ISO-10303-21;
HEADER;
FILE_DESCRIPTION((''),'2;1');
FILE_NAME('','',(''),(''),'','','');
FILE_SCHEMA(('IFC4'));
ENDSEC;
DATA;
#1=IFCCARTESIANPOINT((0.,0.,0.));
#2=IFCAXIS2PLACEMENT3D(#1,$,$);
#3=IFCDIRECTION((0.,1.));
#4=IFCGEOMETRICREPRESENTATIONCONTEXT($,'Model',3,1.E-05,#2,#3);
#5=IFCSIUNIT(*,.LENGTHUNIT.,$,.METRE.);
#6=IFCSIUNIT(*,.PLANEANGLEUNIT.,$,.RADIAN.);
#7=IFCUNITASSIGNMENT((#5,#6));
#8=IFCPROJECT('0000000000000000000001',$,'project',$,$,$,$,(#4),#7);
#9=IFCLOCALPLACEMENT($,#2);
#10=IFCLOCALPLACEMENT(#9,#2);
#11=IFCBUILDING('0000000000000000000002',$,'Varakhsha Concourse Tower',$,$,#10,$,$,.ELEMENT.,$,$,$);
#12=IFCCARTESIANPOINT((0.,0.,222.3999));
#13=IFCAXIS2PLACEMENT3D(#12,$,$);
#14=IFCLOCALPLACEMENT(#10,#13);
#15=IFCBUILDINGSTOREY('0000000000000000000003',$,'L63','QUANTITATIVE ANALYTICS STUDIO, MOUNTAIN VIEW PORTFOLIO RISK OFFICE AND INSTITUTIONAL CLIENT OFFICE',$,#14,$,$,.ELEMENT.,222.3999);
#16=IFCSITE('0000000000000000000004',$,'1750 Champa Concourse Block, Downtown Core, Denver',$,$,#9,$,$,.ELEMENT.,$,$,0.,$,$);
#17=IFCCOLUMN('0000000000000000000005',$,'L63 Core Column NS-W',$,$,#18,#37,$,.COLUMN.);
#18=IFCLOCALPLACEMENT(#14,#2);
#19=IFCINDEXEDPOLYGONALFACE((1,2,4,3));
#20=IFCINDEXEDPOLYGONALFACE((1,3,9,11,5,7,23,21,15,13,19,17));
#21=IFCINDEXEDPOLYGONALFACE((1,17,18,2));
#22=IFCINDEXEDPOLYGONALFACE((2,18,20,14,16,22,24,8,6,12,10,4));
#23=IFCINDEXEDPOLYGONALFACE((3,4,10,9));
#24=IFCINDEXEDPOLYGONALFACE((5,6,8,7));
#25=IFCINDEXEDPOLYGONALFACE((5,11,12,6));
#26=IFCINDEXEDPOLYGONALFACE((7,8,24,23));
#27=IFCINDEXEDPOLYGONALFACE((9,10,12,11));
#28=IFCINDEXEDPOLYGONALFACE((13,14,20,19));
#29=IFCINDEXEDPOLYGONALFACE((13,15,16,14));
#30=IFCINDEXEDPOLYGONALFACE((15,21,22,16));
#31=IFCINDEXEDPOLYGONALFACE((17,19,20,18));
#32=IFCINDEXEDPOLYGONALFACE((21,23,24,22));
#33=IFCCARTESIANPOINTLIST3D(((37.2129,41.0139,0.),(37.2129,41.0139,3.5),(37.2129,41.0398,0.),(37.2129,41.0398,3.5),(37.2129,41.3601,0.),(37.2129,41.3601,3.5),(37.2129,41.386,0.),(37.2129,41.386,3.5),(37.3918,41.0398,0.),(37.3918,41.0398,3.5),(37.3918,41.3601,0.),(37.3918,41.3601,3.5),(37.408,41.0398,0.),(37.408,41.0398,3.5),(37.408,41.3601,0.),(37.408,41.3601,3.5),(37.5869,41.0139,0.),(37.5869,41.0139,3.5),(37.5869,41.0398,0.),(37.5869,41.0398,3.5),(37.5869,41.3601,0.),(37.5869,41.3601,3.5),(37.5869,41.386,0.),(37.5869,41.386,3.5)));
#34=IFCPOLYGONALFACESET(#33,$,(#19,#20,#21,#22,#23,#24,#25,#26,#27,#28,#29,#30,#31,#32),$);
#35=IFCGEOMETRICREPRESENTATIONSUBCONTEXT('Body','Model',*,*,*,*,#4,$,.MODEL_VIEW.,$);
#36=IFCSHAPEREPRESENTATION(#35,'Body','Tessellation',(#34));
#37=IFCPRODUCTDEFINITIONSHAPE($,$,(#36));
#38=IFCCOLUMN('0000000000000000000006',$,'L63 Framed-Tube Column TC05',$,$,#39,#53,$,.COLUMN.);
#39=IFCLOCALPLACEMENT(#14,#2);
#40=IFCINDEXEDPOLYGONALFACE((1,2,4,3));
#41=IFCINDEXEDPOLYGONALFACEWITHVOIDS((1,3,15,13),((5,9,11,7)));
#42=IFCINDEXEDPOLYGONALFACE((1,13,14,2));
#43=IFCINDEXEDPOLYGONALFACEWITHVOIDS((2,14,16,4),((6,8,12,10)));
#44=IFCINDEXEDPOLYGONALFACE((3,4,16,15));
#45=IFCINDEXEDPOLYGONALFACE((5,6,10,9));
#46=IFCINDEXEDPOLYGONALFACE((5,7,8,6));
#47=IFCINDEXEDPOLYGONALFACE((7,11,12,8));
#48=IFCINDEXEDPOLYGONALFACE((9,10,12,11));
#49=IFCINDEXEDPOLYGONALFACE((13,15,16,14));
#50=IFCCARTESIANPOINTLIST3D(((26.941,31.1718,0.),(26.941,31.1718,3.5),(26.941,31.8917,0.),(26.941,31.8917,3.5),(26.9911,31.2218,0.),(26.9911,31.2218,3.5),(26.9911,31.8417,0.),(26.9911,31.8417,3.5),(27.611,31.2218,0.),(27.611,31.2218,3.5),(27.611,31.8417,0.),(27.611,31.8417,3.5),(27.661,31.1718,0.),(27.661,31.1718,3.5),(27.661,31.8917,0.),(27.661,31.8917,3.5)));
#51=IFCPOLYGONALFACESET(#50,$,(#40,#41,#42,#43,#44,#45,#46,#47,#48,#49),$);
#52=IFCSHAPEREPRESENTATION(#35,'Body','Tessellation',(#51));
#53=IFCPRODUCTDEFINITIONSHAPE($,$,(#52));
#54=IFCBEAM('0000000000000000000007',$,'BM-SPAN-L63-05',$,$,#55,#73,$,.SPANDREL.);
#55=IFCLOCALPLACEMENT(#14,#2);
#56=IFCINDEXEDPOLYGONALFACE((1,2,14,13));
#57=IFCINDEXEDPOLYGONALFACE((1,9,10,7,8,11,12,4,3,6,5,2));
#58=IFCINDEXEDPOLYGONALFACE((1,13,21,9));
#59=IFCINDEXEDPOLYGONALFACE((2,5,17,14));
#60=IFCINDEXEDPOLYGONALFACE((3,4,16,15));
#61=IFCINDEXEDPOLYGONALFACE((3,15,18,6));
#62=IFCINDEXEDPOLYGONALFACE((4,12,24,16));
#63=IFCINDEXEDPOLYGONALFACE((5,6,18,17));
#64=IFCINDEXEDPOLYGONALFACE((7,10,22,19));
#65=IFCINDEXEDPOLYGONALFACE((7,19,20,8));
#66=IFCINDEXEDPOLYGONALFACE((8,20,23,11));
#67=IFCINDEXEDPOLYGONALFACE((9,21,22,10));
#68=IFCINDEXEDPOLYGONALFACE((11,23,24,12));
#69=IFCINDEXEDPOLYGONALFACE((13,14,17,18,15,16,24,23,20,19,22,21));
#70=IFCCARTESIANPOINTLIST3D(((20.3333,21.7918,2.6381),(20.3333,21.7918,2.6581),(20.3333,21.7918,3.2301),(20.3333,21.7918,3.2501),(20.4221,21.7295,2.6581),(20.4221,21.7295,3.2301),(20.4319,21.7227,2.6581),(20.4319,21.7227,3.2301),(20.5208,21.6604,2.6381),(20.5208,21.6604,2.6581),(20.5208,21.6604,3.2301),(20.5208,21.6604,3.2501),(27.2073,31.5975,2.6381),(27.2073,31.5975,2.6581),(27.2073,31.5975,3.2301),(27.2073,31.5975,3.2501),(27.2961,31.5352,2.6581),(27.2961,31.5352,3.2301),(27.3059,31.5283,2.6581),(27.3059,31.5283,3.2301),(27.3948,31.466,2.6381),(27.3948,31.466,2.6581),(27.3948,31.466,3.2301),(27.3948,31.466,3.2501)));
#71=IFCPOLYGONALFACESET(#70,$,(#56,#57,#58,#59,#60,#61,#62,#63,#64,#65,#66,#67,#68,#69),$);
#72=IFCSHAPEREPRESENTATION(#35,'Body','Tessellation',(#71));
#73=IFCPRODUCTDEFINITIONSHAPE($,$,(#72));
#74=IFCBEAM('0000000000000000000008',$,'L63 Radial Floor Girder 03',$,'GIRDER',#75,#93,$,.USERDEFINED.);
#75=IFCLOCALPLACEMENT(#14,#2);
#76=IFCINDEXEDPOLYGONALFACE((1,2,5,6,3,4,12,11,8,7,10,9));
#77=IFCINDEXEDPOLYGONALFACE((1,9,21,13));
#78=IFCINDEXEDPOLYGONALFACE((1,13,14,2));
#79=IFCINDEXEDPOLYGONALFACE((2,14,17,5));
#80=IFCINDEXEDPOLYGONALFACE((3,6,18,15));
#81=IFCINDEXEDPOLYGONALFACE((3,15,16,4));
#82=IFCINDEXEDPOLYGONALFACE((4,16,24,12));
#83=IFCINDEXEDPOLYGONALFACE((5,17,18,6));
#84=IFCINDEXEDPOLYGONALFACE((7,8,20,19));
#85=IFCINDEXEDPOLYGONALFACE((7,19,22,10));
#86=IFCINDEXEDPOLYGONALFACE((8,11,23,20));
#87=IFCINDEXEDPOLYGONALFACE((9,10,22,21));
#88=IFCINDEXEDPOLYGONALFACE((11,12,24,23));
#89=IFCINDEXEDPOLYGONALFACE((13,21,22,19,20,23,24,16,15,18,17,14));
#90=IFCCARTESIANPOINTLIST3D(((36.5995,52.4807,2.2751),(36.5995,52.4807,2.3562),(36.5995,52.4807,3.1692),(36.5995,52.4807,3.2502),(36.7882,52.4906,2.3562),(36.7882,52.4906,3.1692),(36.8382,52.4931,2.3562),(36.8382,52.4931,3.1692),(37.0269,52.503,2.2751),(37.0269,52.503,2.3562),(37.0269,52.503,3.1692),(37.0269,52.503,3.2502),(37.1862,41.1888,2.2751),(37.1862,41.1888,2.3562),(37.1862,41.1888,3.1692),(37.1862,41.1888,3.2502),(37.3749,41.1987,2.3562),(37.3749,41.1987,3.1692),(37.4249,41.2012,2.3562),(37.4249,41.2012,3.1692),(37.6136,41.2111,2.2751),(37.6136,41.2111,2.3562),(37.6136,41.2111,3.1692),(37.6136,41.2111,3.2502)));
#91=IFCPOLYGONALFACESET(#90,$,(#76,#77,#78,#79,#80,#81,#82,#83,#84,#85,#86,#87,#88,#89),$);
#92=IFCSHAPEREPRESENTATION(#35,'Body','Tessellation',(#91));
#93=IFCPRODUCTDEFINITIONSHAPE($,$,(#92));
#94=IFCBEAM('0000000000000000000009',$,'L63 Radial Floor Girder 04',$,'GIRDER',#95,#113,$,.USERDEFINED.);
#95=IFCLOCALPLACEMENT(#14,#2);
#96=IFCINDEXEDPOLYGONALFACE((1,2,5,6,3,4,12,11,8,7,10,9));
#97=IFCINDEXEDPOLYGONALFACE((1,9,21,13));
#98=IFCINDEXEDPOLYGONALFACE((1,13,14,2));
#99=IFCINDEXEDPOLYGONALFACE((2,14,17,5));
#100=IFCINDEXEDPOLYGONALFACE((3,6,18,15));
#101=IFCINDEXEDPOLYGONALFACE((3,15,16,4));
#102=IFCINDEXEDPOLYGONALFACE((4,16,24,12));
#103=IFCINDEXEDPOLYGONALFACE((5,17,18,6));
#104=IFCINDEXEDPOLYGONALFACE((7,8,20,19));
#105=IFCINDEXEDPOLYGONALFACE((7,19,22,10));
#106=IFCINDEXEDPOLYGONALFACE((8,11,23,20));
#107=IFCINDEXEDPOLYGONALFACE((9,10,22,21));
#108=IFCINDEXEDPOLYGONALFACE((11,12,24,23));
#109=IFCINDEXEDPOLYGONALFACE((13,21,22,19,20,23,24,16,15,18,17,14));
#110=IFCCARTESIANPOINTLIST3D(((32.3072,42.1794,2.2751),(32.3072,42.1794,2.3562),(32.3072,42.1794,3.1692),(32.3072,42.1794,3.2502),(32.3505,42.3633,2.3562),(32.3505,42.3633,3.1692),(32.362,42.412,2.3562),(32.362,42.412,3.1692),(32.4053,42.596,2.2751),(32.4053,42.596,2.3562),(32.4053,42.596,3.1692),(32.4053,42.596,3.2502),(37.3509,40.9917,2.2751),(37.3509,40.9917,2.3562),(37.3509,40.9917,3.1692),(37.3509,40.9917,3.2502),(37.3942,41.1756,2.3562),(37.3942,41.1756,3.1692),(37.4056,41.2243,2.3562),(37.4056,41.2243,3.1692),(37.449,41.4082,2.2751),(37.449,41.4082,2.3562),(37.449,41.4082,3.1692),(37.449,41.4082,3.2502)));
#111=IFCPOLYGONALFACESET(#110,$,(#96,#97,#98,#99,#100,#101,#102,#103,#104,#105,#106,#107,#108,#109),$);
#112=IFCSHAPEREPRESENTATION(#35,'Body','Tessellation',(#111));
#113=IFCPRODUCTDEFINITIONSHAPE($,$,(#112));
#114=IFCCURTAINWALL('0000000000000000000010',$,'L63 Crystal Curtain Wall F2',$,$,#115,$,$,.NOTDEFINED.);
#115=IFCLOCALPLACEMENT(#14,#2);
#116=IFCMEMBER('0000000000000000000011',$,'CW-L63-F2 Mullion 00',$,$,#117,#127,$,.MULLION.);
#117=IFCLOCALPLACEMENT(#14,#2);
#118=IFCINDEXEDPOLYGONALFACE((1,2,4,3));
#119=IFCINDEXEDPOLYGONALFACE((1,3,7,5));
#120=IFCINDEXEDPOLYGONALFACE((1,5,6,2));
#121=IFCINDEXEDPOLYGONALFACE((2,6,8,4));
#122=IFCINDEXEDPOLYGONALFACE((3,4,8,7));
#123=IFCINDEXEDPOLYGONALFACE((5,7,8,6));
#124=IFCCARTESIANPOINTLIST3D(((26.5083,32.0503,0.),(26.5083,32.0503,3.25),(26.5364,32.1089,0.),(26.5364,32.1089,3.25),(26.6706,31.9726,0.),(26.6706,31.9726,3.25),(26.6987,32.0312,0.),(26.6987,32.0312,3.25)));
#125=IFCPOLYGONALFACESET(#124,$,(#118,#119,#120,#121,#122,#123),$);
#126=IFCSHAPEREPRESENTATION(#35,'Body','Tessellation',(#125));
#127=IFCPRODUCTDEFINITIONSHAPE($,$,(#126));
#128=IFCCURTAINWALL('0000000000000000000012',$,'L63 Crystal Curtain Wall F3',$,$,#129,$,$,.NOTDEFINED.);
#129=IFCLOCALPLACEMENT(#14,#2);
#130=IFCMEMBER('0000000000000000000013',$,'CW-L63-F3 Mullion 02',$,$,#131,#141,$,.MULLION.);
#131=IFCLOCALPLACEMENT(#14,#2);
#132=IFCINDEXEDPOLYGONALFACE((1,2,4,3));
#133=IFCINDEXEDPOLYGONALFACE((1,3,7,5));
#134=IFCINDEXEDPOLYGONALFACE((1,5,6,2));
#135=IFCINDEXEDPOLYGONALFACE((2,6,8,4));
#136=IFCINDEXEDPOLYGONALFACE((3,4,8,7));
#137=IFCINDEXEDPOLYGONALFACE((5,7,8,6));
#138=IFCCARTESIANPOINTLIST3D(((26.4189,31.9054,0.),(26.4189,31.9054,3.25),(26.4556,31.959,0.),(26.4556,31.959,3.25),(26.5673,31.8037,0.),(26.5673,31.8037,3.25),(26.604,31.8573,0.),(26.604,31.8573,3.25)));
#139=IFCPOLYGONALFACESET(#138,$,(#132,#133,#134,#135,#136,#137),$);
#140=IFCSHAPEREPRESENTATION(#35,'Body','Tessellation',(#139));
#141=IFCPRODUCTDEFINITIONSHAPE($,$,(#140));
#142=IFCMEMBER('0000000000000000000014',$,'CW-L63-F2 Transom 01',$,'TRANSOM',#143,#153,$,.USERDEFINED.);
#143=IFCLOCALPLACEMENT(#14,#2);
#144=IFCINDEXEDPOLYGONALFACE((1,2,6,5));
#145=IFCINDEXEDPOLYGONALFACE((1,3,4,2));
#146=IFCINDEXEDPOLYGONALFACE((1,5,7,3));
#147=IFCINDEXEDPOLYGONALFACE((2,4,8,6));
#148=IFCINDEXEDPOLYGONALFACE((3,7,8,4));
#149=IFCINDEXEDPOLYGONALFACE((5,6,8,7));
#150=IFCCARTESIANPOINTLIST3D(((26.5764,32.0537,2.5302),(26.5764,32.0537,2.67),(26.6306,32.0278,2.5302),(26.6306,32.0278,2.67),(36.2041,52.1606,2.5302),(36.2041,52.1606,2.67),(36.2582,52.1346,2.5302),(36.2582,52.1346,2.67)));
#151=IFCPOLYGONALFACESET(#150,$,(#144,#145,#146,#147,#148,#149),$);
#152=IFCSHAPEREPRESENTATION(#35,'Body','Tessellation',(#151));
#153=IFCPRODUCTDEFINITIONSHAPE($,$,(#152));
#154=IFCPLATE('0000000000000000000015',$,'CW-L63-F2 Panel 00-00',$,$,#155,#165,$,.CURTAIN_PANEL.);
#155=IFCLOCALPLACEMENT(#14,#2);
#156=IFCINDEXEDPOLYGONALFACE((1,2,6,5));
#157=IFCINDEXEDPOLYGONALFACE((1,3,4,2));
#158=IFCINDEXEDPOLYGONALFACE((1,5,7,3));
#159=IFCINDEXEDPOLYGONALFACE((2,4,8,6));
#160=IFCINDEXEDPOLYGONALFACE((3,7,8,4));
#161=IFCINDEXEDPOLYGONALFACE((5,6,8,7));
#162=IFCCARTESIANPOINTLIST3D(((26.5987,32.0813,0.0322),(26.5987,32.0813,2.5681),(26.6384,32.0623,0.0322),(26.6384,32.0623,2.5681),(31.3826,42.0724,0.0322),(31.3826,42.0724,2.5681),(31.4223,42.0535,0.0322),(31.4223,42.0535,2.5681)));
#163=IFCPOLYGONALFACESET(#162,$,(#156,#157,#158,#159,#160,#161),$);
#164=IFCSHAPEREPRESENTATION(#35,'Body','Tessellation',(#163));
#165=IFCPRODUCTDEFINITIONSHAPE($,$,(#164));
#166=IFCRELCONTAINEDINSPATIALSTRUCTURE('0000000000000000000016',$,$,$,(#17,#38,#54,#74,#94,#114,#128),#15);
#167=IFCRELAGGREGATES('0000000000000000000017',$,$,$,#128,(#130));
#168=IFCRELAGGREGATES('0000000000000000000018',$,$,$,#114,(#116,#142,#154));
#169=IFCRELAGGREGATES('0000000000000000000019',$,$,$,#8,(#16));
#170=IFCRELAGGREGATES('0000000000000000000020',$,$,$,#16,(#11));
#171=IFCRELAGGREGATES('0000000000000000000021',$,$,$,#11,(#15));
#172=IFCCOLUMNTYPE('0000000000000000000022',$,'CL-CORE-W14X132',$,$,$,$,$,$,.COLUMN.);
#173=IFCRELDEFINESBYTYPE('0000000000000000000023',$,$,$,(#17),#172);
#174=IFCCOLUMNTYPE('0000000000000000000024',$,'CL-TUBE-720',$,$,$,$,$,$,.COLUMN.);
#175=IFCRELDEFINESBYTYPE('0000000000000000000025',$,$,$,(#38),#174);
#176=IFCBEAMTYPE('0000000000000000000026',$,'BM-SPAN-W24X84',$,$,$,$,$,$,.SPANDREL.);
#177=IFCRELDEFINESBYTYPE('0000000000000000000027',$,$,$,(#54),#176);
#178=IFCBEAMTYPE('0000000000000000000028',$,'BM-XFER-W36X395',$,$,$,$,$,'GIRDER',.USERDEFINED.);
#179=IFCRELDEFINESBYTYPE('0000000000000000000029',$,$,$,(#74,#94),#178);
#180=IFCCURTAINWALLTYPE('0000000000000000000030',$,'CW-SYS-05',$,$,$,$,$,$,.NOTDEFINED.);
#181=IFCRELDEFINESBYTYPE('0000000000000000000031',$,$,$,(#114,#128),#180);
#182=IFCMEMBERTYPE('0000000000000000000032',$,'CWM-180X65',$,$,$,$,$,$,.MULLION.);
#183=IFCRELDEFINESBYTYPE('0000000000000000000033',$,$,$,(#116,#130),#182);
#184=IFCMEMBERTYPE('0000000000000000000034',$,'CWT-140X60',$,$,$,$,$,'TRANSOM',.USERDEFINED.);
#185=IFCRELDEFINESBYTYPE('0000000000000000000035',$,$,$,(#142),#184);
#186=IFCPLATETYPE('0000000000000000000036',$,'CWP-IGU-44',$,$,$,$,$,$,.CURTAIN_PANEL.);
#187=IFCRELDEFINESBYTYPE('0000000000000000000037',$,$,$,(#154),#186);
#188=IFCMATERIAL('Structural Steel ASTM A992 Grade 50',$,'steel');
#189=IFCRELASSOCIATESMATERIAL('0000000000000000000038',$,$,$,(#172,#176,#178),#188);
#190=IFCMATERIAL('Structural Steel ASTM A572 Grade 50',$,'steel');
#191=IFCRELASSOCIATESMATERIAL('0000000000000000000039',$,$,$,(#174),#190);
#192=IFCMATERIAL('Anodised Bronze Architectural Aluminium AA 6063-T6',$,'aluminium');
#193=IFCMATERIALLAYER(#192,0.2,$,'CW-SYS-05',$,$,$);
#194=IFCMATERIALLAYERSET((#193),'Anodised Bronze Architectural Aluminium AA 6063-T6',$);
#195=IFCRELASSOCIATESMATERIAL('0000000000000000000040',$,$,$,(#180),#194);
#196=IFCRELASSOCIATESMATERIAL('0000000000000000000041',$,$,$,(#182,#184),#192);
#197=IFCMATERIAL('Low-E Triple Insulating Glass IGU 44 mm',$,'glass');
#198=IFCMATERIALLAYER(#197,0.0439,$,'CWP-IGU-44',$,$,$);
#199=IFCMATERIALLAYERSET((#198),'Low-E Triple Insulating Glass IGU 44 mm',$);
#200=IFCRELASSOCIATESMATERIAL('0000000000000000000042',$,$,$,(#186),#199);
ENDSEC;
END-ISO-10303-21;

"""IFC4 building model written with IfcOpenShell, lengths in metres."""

from ifc_helpers import new_model, si_unit, direction, frame, origin, origin_2d, place, context, subcontext, project, spatial, rectangle, hollow_rectangle, i_section, extrude, source, transform, mapped, material, layer, layer_set, material_profile, profile_set, type_object, type_shapes, element, aggregate, save


model = new_model("IFC4")

# Units and contexts
model_context = context("Model", 3, precision=1e-05, world=origin(), true_north=direction((0.0, 1.0)))
body_context = subcontext(model_context, "Body", "Model", "MODEL_VIEW")
ifc_project = project(units=[si_unit("LENGTHUNIT", "METRE"), si_unit("PLANEANGLEUNIT", "RADIAN")], contexts=[model_context])

# Site, building, storey
site_placement = place(None, origin())
site = spatial("IfcSite", under=ifc_project, at=site_placement, Name="1750 Champa Concourse Block, Downtown Core, Denver", CompositionType="ELEMENT", RefElevation=0.0)
building_placement = place(site_placement, origin())
building = spatial("IfcBuilding", under=site, at=building_placement, Name="Varakhsha Concourse Tower", CompositionType="ELEMENT")
storey_placement = place(building_placement, frame((0.0, 0.0, 222.3999)))
storey = spatial("IfcBuildingStorey", under=building, at=storey_placement, Name="L63", Description="QUANTITATIVE ANALYTICS STUDIO, MOUNTAIN VIEW PORTFOLIO RISK OFFICE AND INSTITUTIONAL CLIENT OFFICE", CompositionType="ELEMENT", Elevation=222.3999)

# Columns
ifc_material_1 = material(Name="Structural Steel ASTM A992 Grade 50", Category="steel")
ifc_material_profile_1 = material_profile(ifc_material_1, i_section(OverallWidth=0.374, OverallDepth=0.3721, WebThickness=0.0161, FlangeThickness=0.0259, at=origin_2d()), Name="W14X132")
ifc_profile_set_1 = profile_set([ifc_material_profile_1], Name="Structural Steel ASTM A992 Grade 50")
column_type_1 = type_object("IfcColumnType", Name="CL-CORE-W14X132", PredefinedType="COLUMN", material=ifc_profile_set_1)
column_1_placement = place(storey_placement, frame((37.3999, 41.2, 0.0), z_axis=(0.0, 0.0, 1.0), x_axis=(1.0, 0.0, 0.0)))
element("IfcColumn", 1, at=column_1_placement, inside=storey, type_object=column_type_1, Name="L63 Core Column NS-W", PredefinedType="COLUMN", context=body_context, shape_type="SweptSolid", body=[
    extrude(i_section(OverallWidth=0.374, OverallDepth=0.3721, WebThickness=0.0161, FlangeThickness=0.0259, at=origin_2d()), origin(), (0.0, 0.0, 1.0), 3.5),
])
ifc_material_2 = material(Name="Structural Steel ASTM A572 Grade 50", Category="steel")
ifc_material_profile_2 = material_profile(ifc_material_2, hollow_rectangle(XDim=0.72, YDim=0.72, WallThickness=0.05, at=origin_2d()), Name="BOX 720x720x50")
ifc_profile_set_2 = profile_set([ifc_material_profile_2], Name="Structural Steel ASTM A572 Grade 50")
column_type_2 = type_object("IfcColumnType", Name="CL-TUBE-720", PredefinedType="COLUMN", material=ifc_profile_set_2)
column_2_placement = place(storey_placement, frame((27.301, 31.5317, 0.0), z_axis=(0.0, 0.0, 1.0), x_axis=(1.0, 0.0, 0.0)))
element("IfcColumn", 2, at=column_2_placement, inside=storey, type_object=column_type_2, Name="L63 Framed-Tube Column TC05", PredefinedType="COLUMN", context=body_context, shape_type="SweptSolid", body=[
    extrude(hollow_rectangle(XDim=0.72, YDim=0.72, WallThickness=0.05, at=origin_2d()), origin(), (0.0, 0.0, 1.0), 3.5),
])

# Beams
ifc_material_profile_3 = material_profile(ifc_material_1, i_section(OverallWidth=0.229, OverallDepth=0.6121, WebThickness=0.012, FlangeThickness=0.02, at=origin_2d()), Name="W24X84")
ifc_profile_set_3 = profile_set([ifc_material_profile_3], Name="Structural Steel ASTM A992 Grade 50")
beam_type_1 = type_object("IfcBeamType", Name="BM-SPAN-W24X84", PredefinedType="SPANDREL", material=ifc_profile_set_3)
beam_1_placement = place(storey_placement, frame((27.301, 31.5317, 2.9441), z_axis=(-0.574026, -0.818837, 0.0), x_axis=(0.818837, -0.574026, 0.0)))
element("IfcBeam", 3, at=beam_1_placement, inside=storey, type_object=beam_type_1, Name="BM-SPAN-L63-05", PredefinedType="SPANDREL", context=body_context, shape_type="SweptSolid", body=[
    extrude(i_section(OverallWidth=0.229, OverallDepth=0.6121, WebThickness=0.012, FlangeThickness=0.02, at=origin_2d()), origin(), (0.0, 0.0, 1.0), 11.9751),
])
ifc_material_profile_4 = material_profile(ifc_material_1, i_section(OverallWidth=0.428, OverallDepth=0.9751, WebThickness=0.05, FlangeThickness=0.0811, at=origin_2d()), Name="W36X395")
ifc_profile_set_4 = profile_set([ifc_material_profile_4], Name="Structural Steel ASTM A992 Grade 50")
beam_type_2 = type_object("IfcBeamType", Name="BM-XFER-W36X395", ElementType="GIRDER", PredefinedType="USERDEFINED", material=ifc_profile_set_4)
beam_2_placement = place(storey_placement, frame((37.3999, 41.2, 2.7627), z_axis=(-0.051885, 0.998653, 0.0), x_axis=(-0.998653, -0.051885, 0.0)))
element("IfcBeam", 4, at=beam_2_placement, inside=storey, type_object=beam_type_2, Name="L63 Radial Floor Girder 03", ObjectType="GIRDER", PredefinedType="USERDEFINED", context=body_context, shape_type="SweptSolid", body=[
    extrude(i_section(OverallWidth=0.428, OverallDepth=0.9751, WebThickness=0.05, FlangeThickness=0.0811, at=origin_2d()), origin(), (0.0, 0.0, 1.0), 11.3071),
])
beam_3_placement = place(storey_placement, frame((37.3999, 41.2, 2.7627), z_axis=(-0.973375, 0.229221, 0.0), x_axis=(-0.229221, -0.973375, 0.0)))
element("IfcBeam", 5, at=beam_3_placement, inside=storey, type_object=beam_type_2, Name="L63 Radial Floor Girder 04", ObjectType="GIRDER", PredefinedType="USERDEFINED", context=body_context, shape_type="SweptSolid", body=[
    extrude(i_section(OverallWidth=0.428, OverallDepth=0.9751, WebThickness=0.05, FlangeThickness=0.0811, at=origin_2d()), origin(), (0.0, 0.0, 1.0), 5.1816),
])

# Curtain walls, members
ifc_material_3 = material(Name="Anodised Bronze Architectural Aluminium AA 6063-T6", Category="aluminium")
ifc_layer_1 = layer(ifc_material_3, 0.2, Name="CW-SYS-05")
ifc_layer_set_1 = layer_set([ifc_layer_1], Name="Anodised Bronze Architectural Aluminium AA 6063-T6")
curtain_wall_type = type_object("IfcCurtainWallType", Name="CW-SYS-05", PredefinedType="NOTDEFINED", material=ifc_layer_set_1)
curtain_wall_1_placement = place(storey_placement, origin())
curtain_wall_1 = element("IfcCurtainWall", 6, at=curtain_wall_1_placement, inside=storey, type_object=curtain_wall_type, Name="L63 Crystal Curtain Wall F2", PredefinedType="NOTDEFINED")
ifc_material_profile_5 = material_profile(ifc_material_3, rectangle(XDim=0.0649, YDim=0.1799, at=origin_2d()), Name="CWM-180X65")
ifc_profile_set_5 = profile_set([ifc_material_profile_5], Name="Anodised Bronze Architectural Aluminium AA 6063-T6")
member_type_1 = type_object("IfcMemberType", Name="CWM-180X65", PredefinedType="MULLION", material=ifc_profile_set_5)
shared_shape_1 = source(origin(), body_context, "Body", "SweptSolid", [
    extrude(rectangle(XDim=0.0649, YDim=0.1799, at=origin_2d()), origin(), (0.0, 0.0, 1.0), 3.25),
])
type_shapes(member_type_1, [shared_shape_1])
member_1_placement = place(storey_placement, frame((26.6035, 32.0408, 0.0), z_axis=(0.0, 0.0, 1.0), x_axis=(0.431862, 0.90194, 0.0)))
member_1 = element("IfcMember", 7, at=member_1_placement, type_object=member_type_1, Name="CW-L63-F2 Mullion 00", PredefinedType="MULLION", context=body_context, shape_type="MappedRepresentation", body=[
    mapped(shared_shape_1, transform((0.0, 0.0, 0.0), scale=1.0)),
])
curtain_wall_2_placement = place(storey_placement, origin())
curtain_wall_2 = element("IfcCurtainWall", 8, at=curtain_wall_2_placement, inside=storey, type_object=curtain_wall_type, Name="L63 Crystal Curtain Wall F3", PredefinedType="NOTDEFINED")
member_2_placement = place(storey_placement, frame((26.5115, 31.8813, 0.0), z_axis=(0.0, 0.0, 1.0), x_axis=(0.565173, 0.824972, 0.0)))
member_2 = element("IfcMember", 9, at=member_2_placement, type_object=member_type_1, Name="CW-L63-F3 Mullion 02", PredefinedType="MULLION", context=body_context, shape_type="MappedRepresentation", body=[
    mapped(shared_shape_1, transform((0.0, 0.0, 0.0), scale=1.0)),
])
aggregate(curtain_wall_2, [member_2])

# Member
ifc_material_profile_6 = material_profile(ifc_material_3, rectangle(XDim=0.0601, YDim=0.1399, at=origin_2d()), Name="CWT-140X60")
ifc_profile_set_6 = profile_set([ifc_material_profile_6], Name="Anodised Bronze Architectural Aluminium AA 6063-T6")
member_type_2 = type_object("IfcMemberType", Name="CWT-140X60", ElementType="TRANSOM", PredefinedType="USERDEFINED", material=ifc_profile_set_6)
shared_shape_2 = source(origin(), body_context, "Body", "SweptSolid", [
    extrude(rectangle(XDim=0.0601, YDim=0.1399, at=origin_2d()), origin(), (0.0, 0.0, 1.0), 22.293),
])
type_shapes(member_type_2, [shared_shape_2])
member_3_placement = place(storey_placement, frame((26.6035, 32.0408, 2.6001), z_axis=(0.431869, 0.901936, 0.0), x_axis=(-0.901936, 0.431869, 0.0)))
member_3 = element("IfcMember", 10, at=member_3_placement, type_object=member_type_2, Name="CW-L63-F2 Transom 01", ObjectType="TRANSOM", PredefinedType="USERDEFINED", context=body_context, shape_type="MappedRepresentation", body=[
    mapped(shared_shape_2, transform((0.0, 0.0, 0.0), scale=1.0)),
])

# Plate
ifc_material_4 = material(Name="Low-E Triple Insulating Glass IGU 44 mm", Category="glass")
ifc_layer_2 = layer(ifc_material_4, 0.0439, Name="CWP-IGU-44")
ifc_layer_set_2 = layer_set([ifc_layer_2], Name="Low-E Triple Insulating Glass IGU 44 mm")
plate_type_1 = type_object("IfcPlateType", Name="CWP-IGU-44", PredefinedType="CURTAIN_PANEL", material=ifc_layer_set_2)
shared_shape_3 = source(origin(), body_context, "Body", "SweptSolid", [
    extrude(rectangle(XDim=11.0774, YDim=0.0439, at=origin_2d()), origin(), (0.0, 0.0, 1.0), 2.5359),
])
type_shapes(plate_type_1, [shared_shape_3])
plate_1_placement = place(storey_placement, frame((29.0105, 37.0674, 0.0322), z_axis=(0.0, 0.0, 1.0), x_axis=(0.431862, 0.90194, 0.0)))
plate_1 = element("IfcPlate", 11, at=plate_1_placement, type_object=plate_type_1, Name="CW-L63-F2 Panel 00-00", PredefinedType="CURTAIN_PANEL", context=body_context, shape_type="MappedRepresentation", body=[
    mapped(shared_shape_3, transform((0.0, 0.0, 0.0), scale=1.0)),
])
aggregate(curtain_wall_1, [member_1, member_3, plate_1])

save(model, "model.ifc")
